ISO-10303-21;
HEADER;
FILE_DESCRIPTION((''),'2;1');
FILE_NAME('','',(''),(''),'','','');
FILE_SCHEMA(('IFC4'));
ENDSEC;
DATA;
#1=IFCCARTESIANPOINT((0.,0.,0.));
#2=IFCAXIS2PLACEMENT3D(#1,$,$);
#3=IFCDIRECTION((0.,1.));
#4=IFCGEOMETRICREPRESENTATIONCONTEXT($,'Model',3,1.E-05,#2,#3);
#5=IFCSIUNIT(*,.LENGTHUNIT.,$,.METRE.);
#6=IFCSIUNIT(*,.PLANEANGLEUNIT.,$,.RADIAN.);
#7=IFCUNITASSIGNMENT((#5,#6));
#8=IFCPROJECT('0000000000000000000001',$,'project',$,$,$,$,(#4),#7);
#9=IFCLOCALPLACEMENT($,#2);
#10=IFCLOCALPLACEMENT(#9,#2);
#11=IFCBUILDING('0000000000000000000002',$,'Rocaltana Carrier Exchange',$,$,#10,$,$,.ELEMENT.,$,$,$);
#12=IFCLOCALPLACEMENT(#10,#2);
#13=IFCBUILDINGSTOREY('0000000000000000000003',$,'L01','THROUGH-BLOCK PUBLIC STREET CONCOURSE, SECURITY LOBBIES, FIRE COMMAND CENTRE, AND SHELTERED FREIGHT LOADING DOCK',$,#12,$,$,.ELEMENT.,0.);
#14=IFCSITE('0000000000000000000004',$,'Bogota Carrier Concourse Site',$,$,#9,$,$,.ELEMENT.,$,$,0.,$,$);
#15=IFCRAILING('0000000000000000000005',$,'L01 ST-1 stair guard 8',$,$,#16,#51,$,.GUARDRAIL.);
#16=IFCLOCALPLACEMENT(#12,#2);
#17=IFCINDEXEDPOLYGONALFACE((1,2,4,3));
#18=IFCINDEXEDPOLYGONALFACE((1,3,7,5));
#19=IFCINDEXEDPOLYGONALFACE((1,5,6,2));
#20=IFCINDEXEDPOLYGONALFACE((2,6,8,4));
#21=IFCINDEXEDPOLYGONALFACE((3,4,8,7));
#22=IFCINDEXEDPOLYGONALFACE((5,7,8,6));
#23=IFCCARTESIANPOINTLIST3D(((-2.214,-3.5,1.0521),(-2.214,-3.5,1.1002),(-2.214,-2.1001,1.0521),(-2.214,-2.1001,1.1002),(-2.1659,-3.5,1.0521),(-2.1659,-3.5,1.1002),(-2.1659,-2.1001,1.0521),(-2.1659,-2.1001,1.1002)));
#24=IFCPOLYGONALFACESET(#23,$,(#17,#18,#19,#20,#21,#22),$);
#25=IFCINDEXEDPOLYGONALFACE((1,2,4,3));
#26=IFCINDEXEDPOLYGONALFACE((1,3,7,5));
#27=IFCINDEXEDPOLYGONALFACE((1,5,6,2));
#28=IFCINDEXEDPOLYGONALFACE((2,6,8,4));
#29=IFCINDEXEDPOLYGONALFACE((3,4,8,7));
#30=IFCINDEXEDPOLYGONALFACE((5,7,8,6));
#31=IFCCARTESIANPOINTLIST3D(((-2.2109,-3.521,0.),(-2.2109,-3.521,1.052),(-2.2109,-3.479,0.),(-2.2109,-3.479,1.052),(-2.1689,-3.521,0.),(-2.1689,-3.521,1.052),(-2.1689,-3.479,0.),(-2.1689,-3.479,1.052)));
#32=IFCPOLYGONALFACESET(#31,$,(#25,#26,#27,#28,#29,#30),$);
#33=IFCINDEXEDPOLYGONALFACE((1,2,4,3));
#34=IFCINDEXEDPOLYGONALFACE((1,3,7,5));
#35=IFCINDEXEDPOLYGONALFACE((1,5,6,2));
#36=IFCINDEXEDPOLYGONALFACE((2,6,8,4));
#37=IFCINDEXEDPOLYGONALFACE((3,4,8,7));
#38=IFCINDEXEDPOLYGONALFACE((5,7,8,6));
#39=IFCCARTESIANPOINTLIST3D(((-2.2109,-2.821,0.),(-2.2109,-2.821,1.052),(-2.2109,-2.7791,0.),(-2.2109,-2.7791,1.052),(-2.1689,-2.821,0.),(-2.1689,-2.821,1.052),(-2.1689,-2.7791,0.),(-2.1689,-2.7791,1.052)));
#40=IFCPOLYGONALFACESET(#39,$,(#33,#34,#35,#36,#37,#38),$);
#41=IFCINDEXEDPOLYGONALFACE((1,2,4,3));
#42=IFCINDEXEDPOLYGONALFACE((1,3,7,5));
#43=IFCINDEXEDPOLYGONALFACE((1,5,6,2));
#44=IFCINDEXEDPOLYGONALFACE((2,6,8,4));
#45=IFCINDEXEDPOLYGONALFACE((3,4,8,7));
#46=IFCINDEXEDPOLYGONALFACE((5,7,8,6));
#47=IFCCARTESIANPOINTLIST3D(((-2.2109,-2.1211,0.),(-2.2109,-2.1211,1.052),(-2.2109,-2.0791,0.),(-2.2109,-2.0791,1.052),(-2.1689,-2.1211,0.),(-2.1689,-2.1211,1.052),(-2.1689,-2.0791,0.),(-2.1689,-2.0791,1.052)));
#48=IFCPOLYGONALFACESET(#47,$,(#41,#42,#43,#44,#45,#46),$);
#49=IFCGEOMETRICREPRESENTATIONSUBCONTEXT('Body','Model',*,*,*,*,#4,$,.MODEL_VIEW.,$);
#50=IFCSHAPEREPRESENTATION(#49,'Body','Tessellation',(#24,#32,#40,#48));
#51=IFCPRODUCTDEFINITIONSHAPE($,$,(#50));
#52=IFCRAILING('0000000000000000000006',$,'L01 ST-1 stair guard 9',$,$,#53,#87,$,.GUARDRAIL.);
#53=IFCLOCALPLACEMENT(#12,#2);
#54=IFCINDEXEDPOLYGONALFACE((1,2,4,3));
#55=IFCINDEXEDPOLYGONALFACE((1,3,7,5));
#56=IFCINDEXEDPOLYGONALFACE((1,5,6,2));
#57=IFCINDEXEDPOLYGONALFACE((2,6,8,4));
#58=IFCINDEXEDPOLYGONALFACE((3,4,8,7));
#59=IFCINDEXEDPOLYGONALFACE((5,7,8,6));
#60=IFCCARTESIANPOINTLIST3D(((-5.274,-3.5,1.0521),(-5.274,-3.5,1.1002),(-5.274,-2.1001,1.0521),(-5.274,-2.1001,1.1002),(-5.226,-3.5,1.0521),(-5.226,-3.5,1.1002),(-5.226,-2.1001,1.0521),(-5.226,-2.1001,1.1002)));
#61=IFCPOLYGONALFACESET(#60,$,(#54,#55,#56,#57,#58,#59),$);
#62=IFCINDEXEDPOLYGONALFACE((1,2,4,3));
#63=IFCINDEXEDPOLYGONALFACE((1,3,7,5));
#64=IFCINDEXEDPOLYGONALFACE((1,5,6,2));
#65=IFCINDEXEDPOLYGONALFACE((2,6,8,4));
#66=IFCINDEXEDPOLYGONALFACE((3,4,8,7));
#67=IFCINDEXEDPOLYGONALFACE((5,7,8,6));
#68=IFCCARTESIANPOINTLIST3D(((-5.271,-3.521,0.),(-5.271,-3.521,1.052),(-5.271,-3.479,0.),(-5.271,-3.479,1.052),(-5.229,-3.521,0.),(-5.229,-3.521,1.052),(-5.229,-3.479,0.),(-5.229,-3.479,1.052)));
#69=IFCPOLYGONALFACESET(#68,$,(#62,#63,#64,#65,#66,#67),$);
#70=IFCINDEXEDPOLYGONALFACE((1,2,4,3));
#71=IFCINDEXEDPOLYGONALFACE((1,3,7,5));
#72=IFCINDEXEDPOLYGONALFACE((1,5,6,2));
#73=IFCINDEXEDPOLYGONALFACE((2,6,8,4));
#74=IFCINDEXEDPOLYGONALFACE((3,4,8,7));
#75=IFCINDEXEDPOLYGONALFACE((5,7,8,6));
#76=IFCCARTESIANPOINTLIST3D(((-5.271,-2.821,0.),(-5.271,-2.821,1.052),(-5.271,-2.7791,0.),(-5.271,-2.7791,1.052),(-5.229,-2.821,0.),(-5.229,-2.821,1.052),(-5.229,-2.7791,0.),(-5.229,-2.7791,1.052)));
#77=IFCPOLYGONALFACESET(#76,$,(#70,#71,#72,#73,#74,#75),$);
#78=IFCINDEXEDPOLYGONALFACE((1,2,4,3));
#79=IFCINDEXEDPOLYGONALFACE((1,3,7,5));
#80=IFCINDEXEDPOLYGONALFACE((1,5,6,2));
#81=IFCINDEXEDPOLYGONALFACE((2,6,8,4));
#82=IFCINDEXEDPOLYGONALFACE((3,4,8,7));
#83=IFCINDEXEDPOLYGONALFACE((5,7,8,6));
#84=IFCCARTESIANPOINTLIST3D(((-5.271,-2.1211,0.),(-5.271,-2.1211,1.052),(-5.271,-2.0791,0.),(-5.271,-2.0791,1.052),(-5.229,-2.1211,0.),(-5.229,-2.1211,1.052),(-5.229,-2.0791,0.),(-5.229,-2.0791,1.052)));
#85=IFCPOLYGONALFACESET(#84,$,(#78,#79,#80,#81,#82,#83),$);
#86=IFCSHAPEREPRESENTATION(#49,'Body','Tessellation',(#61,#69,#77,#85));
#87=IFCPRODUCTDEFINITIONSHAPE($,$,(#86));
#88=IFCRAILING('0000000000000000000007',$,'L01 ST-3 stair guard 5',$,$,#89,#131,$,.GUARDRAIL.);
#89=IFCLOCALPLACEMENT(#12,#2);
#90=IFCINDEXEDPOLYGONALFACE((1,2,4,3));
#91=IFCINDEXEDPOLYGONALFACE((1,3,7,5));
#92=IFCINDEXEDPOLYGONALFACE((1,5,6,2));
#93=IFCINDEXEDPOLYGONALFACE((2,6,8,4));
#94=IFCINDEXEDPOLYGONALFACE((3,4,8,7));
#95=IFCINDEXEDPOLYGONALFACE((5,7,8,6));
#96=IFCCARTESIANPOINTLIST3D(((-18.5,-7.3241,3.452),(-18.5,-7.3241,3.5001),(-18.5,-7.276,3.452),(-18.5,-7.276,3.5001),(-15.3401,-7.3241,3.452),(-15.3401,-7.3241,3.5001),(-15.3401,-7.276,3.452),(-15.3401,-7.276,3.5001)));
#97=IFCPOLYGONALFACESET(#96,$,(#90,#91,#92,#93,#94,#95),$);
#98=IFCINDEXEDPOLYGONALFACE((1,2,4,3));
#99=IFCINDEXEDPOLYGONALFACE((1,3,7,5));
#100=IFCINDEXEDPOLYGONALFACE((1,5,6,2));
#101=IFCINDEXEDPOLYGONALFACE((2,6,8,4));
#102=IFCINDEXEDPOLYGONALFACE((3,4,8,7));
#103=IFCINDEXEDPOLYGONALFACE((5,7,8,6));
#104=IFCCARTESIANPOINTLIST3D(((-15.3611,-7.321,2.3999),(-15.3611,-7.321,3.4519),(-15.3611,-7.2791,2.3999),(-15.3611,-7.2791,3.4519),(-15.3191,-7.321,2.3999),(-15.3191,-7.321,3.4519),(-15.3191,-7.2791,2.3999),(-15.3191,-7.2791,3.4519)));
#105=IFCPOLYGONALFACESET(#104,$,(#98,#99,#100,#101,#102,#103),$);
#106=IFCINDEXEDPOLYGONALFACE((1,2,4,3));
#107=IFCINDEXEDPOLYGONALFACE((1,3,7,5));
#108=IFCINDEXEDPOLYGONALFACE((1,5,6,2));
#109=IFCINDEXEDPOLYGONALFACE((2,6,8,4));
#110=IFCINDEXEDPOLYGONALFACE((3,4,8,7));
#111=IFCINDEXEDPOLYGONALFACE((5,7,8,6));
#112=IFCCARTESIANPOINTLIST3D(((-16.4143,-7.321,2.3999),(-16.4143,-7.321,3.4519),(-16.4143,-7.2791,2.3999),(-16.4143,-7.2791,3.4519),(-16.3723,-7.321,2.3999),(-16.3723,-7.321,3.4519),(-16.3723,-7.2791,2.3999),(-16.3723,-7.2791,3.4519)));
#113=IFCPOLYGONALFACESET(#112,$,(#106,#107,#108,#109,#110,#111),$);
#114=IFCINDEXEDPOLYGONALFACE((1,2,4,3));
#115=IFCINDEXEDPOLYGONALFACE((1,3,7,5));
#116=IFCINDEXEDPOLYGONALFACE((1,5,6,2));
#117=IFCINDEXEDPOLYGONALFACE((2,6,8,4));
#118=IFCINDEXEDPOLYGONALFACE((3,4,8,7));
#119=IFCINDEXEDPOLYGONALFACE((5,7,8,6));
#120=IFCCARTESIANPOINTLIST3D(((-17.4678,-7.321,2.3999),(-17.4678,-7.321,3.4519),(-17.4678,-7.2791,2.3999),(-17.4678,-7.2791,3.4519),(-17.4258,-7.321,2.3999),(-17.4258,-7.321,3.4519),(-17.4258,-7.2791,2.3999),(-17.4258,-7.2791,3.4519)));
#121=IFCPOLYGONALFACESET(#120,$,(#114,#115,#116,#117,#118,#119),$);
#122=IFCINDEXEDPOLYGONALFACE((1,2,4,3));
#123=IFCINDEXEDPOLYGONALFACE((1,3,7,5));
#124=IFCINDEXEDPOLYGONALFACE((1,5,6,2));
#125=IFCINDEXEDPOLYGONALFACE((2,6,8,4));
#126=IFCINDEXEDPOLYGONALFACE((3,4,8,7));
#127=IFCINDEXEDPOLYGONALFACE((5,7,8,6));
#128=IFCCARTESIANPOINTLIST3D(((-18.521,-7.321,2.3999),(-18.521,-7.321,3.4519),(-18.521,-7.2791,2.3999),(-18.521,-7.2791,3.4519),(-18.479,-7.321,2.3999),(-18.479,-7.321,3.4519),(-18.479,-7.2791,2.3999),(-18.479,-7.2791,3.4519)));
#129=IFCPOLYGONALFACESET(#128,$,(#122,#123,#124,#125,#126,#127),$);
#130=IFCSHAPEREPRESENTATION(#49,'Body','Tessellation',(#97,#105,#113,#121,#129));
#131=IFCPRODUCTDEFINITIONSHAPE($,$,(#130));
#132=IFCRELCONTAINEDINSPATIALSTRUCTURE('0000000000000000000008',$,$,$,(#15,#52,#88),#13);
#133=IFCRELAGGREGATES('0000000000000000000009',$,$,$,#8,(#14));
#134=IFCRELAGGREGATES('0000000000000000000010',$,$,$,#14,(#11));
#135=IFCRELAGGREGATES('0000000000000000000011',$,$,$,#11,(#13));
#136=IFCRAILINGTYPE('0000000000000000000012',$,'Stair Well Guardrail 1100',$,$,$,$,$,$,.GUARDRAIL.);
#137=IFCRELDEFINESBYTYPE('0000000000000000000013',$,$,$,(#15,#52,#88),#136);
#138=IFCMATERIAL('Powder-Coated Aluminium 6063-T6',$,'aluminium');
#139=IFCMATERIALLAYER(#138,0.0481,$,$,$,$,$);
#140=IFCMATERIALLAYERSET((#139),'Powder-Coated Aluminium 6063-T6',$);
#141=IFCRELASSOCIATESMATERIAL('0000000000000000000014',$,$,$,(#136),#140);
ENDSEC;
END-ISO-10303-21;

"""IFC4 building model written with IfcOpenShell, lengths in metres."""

from ifc_helpers import new_model, si_unit, direction, frame, origin, origin_2d, place, context, subcontext, project, spatial, rectangle, extrude, material, layer, layer_set, type_object, element, save


model = new_model("IFC4")

# Units and contexts
model_context = context("Model", 3, precision=1e-05, world=origin(), true_north=direction((0.0, 1.0)))
body_context = subcontext(model_context, "Body", "Model", "MODEL_VIEW")
ifc_project = project(units=[si_unit("LENGTHUNIT", "METRE"), si_unit("PLANEANGLEUNIT", "RADIAN")], contexts=[model_context])

# Site, building, storey
site_placement = place(None, origin())
site = spatial("IfcSite", under=ifc_project, at=site_placement, Name="Bogota Carrier Concourse Site", CompositionType="ELEMENT", RefElevation=0.0)
building_placement = place(site_placement, origin())
building = spatial("IfcBuilding", under=site, at=building_placement, Name="Rocaltana Carrier Exchange", CompositionType="ELEMENT")
storey_placement = place(building_placement, origin())
storey = spatial("IfcBuildingStorey", under=building, at=storey_placement, Name="L01", Description="THROUGH-BLOCK PUBLIC STREET CONCOURSE, SECURITY LOBBIES, FIRE COMMAND CENTRE, AND SHELTERED FREIGHT LOADING DOCK", CompositionType="ELEMENT", Elevation=0.0)

# Railings
ifc_material_1 = material(Name="Powder-Coated Aluminium 6063-T6", Category="aluminium")
ifc_layer_1 = layer(ifc_material_1, 0.0481)
ifc_layer_set_1 = layer_set([ifc_layer_1], Name="Powder-Coated Aluminium 6063-T6")
railing_type = type_object("IfcRailingType", Name="Stair Well Guardrail 1100", PredefinedType="GUARDRAIL", material=ifc_layer_set_1)
for number, where, name in (
    (1, (-2.1899, -3.5, 0.0), "L01 ST-1 stair guard 8"),
    (2, (-5.25, -3.5, 0.0), "L01 ST-1 stair guard 9"),
):
    element("IfcRailing", number, at=place(storey_placement, frame(where)), inside=storey, type_object=railing_type, Name=name, PredefinedType="GUARDRAIL", context=body_context, shape_type="SweptSolid", body=[
        extrude(rectangle(XDim=0.0481, YDim=0.0481, at=origin_2d()), frame((0.0, 0.0, 1.0762), z_axis=(0.0, 1.0, 0.0), x_axis=(-1.0, 0.0, 0.0)), (0.0, 0.0, 1.0), 1.3999),
        extrude(rectangle(XDim=0.042, YDim=0.042, at=origin_2d()), origin(), (0.0, 0.0, 1.0), 1.052),
        extrude(rectangle(XDim=0.042, YDim=0.042, at=origin_2d()), frame((0.0, 0.7, 0.0)), (0.0, 0.0, 1.0), 1.052),
        extrude(rectangle(XDim=0.042, YDim=0.042, at=origin_2d()), frame((0.0, 1.3999, 0.0)), (0.0, 0.0, 1.0), 1.052),
    ])
railing_placement = place(storey_placement, frame((-15.3401, -7.3, 2.3999)))
element("IfcRailing", 3, at=railing_placement, inside=storey, type_object=railing_type, Name="L01 ST-3 stair guard 5", PredefinedType="GUARDRAIL", context=body_context, shape_type="SweptSolid", body=[
    extrude(rectangle(XDim=0.0481, YDim=0.0481, at=origin_2d()), frame((0.0, 0.0, 1.0762), z_axis=(-1.0, 0.0, 0.0), x_axis=(0.0, -1.0, 0.0)), (0.0, 0.0, 1.0), 3.1599),
    extrude(rectangle(XDim=0.042, YDim=0.042, at=origin_2d()), origin(), (0.0, 0.0, 1.0), 1.052),
    extrude(rectangle(XDim=0.042, YDim=0.042, at=origin_2d()), frame((-1.0532, 0.0, 0.0)), (0.0, 0.0, 1.0), 1.052),
    extrude(rectangle(XDim=0.042, YDim=0.042, at=origin_2d()), frame((-2.1067, 0.0, 0.0)), (0.0, 0.0, 1.0), 1.052),
    extrude(rectangle(XDim=0.042, YDim=0.042, at=origin_2d()), frame((-3.1599, 0.0, 0.0)), (0.0, 0.0, 1.0), 1.052),
])

save(model, "model.ifc")
